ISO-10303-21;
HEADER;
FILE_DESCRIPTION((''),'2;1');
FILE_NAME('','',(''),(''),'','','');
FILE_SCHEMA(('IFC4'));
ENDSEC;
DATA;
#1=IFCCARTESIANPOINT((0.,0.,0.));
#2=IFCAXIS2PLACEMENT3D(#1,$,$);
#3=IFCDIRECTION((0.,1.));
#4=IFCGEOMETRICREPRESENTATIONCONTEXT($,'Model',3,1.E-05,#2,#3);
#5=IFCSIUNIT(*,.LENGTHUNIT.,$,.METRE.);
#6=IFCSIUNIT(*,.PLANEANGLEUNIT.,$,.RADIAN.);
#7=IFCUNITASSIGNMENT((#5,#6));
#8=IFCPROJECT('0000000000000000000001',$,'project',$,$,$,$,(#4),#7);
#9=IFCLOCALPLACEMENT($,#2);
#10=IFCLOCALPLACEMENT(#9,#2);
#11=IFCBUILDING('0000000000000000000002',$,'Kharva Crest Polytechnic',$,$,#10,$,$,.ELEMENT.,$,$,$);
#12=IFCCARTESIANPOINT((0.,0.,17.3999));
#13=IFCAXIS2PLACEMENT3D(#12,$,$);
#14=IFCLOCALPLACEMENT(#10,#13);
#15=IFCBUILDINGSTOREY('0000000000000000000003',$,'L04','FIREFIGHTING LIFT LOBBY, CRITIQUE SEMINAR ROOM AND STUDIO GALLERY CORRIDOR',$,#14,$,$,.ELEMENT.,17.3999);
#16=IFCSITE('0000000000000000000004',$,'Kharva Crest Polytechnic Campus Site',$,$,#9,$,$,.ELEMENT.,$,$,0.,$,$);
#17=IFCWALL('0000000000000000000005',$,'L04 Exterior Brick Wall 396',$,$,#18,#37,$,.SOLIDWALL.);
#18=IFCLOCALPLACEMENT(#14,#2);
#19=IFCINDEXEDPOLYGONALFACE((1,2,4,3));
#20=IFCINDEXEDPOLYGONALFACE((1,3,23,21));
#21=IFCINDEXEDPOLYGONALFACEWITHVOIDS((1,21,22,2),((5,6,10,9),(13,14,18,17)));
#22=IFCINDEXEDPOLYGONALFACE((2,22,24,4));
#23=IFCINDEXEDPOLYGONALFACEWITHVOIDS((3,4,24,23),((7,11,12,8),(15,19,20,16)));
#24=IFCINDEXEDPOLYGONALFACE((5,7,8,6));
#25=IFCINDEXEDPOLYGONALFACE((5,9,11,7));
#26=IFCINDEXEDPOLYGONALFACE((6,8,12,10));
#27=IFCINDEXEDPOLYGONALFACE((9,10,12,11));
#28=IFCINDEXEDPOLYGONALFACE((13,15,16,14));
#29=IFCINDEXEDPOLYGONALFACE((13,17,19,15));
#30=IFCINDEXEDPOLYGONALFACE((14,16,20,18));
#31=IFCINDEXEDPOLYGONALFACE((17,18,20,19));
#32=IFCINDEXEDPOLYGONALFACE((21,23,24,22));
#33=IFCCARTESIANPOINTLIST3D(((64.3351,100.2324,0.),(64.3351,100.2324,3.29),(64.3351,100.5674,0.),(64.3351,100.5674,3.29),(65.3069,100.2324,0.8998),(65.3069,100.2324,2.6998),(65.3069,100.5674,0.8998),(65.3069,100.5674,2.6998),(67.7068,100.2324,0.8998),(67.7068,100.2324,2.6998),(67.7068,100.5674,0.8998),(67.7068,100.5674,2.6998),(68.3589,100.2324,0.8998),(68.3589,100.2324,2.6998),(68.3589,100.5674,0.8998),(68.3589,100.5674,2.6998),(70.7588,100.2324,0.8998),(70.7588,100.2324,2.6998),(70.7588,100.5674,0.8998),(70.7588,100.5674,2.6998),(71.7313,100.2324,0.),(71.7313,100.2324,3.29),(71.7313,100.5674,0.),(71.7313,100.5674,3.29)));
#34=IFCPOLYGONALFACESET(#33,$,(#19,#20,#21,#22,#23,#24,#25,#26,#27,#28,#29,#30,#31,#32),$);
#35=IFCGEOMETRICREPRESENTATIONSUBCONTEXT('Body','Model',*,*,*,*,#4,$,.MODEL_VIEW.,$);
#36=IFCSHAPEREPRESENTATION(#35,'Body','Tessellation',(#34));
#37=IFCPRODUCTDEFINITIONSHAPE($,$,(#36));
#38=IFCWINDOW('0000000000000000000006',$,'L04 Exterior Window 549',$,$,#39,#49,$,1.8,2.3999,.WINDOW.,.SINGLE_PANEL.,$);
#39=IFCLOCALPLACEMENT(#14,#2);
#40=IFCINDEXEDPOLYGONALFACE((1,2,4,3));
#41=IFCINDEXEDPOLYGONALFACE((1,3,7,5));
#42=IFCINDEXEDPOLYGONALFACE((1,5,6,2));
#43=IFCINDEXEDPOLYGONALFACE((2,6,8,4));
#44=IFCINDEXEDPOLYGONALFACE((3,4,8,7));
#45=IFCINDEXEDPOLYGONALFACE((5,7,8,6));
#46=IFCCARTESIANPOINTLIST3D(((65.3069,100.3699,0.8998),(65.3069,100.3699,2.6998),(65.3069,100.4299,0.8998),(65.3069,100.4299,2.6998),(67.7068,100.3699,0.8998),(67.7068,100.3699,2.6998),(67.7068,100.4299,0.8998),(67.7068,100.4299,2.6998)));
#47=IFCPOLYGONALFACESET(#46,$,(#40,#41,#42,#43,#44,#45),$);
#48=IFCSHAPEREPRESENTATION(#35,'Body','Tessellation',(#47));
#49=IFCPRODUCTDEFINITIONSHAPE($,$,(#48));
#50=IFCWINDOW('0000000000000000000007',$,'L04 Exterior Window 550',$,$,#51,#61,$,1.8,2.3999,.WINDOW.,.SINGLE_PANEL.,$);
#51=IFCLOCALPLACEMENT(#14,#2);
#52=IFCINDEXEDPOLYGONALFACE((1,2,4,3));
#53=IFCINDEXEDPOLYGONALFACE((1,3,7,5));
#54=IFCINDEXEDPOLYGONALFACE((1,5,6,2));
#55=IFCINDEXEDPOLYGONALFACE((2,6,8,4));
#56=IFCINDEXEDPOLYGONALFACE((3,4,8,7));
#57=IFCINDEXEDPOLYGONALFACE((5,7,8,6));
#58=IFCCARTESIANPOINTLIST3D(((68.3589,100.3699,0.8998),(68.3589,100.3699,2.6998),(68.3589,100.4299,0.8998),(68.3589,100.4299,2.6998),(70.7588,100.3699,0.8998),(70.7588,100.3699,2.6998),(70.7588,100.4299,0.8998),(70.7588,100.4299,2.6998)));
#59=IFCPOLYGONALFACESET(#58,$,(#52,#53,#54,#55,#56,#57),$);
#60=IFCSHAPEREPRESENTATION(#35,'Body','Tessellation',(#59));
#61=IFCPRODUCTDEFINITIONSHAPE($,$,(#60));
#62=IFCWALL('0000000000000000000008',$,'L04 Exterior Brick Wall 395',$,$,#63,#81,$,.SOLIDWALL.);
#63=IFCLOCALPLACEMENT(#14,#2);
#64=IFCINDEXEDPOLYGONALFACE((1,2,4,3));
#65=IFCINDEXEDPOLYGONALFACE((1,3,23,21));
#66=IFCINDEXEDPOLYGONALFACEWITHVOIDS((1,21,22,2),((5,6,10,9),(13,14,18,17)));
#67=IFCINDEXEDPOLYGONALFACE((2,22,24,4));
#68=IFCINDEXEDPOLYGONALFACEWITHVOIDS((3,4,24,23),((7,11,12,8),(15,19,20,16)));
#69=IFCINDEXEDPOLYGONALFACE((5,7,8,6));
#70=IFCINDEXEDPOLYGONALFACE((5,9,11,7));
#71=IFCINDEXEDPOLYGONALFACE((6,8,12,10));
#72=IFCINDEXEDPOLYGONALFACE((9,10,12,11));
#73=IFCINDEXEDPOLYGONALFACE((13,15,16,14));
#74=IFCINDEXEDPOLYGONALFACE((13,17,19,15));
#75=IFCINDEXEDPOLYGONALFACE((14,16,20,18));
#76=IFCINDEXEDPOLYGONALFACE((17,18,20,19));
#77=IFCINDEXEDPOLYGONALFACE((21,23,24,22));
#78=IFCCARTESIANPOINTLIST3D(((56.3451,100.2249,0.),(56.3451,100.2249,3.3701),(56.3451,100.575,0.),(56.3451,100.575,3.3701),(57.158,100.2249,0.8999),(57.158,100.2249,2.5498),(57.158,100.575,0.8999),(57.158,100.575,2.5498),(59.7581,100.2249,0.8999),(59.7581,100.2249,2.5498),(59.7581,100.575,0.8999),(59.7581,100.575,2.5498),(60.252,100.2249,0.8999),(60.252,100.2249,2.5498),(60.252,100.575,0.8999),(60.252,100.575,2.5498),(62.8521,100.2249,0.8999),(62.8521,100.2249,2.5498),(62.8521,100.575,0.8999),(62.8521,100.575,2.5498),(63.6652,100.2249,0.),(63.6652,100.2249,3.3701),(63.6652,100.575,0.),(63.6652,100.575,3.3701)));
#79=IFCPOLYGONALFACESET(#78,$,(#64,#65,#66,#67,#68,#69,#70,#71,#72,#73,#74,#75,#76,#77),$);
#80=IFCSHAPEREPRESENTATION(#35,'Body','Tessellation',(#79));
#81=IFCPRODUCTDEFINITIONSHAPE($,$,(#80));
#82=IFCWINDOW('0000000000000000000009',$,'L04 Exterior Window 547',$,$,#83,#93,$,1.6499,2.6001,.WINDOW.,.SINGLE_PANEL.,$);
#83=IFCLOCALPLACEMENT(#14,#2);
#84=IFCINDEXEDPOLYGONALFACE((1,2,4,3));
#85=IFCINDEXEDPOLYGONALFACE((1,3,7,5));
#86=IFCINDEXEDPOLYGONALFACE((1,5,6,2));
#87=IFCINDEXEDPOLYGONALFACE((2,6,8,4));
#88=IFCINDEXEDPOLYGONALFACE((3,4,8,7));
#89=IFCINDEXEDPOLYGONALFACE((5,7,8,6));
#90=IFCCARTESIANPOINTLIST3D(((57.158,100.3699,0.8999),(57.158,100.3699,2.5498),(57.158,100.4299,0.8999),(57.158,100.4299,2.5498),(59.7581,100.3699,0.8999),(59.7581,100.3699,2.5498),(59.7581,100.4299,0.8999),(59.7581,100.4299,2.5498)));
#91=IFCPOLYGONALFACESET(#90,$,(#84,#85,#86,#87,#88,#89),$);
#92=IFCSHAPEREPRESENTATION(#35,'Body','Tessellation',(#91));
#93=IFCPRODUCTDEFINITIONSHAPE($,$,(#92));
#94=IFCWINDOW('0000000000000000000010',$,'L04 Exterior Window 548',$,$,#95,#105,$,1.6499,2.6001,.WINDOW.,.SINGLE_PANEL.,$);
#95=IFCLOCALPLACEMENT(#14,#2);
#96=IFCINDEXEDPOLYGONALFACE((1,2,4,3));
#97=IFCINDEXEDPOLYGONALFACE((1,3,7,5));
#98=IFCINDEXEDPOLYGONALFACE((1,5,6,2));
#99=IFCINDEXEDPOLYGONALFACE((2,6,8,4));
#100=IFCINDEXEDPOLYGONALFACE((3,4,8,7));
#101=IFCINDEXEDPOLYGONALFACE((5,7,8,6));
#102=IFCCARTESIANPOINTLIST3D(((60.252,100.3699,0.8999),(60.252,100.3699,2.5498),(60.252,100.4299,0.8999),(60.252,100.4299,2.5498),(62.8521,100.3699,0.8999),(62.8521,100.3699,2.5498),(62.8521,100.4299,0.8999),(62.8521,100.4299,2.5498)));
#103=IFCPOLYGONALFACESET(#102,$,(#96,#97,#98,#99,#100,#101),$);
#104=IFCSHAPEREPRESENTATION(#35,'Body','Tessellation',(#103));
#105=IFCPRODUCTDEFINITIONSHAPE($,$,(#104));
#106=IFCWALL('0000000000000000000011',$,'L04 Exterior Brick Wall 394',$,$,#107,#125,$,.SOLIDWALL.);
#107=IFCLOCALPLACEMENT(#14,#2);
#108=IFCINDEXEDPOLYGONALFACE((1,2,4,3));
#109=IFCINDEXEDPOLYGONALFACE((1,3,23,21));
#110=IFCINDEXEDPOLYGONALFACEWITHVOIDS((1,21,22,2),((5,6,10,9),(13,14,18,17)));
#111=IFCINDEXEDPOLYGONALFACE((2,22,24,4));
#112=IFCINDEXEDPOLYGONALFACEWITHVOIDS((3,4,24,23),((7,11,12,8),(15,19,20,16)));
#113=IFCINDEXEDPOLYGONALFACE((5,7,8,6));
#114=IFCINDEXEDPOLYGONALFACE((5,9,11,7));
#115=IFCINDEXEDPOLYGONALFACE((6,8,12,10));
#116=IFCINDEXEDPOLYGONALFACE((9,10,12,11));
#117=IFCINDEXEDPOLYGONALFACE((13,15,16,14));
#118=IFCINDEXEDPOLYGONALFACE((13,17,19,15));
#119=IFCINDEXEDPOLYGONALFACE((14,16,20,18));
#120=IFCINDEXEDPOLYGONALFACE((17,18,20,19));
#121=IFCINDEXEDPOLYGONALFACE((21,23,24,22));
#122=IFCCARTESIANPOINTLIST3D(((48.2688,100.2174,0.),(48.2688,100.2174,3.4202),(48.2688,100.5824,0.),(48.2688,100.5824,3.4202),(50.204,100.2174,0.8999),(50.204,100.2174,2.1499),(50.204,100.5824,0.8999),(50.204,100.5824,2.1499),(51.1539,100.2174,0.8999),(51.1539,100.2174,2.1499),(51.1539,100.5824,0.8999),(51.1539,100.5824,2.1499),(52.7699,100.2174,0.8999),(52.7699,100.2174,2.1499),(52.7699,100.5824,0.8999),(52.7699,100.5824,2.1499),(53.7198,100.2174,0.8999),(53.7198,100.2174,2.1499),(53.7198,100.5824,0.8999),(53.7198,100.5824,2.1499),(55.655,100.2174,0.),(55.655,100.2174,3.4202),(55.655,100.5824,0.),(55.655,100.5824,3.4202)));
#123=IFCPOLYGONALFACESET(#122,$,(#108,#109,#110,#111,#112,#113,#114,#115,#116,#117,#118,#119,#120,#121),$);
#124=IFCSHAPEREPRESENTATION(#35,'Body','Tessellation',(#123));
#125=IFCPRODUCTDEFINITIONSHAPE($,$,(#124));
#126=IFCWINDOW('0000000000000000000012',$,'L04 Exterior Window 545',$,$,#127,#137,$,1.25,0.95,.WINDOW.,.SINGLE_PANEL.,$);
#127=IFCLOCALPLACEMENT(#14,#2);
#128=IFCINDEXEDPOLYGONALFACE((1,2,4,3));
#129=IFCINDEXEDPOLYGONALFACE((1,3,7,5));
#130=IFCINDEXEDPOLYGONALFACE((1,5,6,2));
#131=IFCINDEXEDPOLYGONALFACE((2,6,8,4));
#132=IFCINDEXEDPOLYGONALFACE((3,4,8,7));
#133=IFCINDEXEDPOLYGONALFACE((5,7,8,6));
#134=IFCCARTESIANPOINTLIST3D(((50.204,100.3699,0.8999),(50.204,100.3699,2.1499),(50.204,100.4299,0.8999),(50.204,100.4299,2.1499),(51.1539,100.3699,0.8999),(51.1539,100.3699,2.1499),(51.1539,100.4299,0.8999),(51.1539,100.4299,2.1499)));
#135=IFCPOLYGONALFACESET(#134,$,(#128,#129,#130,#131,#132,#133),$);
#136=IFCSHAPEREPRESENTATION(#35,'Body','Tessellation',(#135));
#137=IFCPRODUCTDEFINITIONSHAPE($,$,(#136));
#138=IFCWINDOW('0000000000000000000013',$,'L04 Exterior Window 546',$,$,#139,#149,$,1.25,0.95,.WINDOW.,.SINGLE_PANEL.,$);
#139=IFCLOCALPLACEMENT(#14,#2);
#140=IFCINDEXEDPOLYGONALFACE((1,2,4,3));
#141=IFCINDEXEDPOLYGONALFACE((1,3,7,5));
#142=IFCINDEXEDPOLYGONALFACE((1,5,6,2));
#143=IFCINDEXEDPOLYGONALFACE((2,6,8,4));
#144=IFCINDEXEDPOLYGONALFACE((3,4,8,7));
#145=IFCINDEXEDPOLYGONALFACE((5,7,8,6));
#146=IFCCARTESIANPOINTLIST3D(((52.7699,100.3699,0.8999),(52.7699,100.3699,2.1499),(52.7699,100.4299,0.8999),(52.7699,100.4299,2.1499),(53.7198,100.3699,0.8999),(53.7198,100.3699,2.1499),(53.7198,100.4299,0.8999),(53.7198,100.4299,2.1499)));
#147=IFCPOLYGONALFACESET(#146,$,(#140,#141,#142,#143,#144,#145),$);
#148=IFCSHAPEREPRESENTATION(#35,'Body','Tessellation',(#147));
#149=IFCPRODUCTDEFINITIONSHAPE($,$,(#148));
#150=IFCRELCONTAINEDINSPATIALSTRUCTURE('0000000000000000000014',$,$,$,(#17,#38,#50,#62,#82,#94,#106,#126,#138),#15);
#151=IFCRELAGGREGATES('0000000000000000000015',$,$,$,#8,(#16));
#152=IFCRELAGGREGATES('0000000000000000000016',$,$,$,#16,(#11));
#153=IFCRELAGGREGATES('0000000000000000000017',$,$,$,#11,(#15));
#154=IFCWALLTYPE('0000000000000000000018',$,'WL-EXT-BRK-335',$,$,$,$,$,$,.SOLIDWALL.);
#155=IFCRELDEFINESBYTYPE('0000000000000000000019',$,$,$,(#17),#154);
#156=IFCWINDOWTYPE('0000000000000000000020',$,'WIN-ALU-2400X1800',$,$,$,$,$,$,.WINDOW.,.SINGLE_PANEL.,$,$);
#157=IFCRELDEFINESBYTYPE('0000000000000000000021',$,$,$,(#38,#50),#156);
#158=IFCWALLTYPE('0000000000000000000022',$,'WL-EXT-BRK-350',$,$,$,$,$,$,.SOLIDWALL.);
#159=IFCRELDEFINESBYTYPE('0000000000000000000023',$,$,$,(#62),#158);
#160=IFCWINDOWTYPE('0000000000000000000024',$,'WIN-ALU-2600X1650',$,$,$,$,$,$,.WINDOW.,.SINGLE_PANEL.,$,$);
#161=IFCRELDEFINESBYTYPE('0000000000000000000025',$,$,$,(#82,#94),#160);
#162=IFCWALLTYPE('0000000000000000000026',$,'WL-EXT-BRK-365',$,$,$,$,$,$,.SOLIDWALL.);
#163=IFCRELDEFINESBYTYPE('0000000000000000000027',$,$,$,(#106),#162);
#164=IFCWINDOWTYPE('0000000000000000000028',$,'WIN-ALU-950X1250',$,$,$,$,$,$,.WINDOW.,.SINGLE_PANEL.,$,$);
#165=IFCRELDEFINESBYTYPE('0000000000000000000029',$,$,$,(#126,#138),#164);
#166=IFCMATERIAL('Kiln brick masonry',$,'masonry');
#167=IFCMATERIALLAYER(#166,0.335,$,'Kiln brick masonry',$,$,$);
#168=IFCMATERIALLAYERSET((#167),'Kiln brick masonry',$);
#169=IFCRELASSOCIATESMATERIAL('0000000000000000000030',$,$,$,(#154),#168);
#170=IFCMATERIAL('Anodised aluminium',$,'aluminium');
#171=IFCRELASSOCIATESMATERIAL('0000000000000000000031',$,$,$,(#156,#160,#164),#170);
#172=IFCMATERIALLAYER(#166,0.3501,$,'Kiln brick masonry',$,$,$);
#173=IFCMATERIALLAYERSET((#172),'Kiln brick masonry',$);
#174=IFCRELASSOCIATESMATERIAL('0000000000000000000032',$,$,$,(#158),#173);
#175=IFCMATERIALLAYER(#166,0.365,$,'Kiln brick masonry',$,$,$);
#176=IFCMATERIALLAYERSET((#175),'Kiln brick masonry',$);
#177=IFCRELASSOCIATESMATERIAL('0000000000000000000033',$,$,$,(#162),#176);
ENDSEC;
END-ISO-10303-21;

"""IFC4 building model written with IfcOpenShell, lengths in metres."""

from ifc_helpers import new_model, si_unit, direction, frame, frame_2d, origin, place, context, subcontext, project, spatial, rectangle, extrude, material, layer, layer_set, type_object, element, fill, save


model = new_model("IFC4")

# Units and contexts
model_context = context("Model", 3, precision=1e-05, world=origin(), true_north=direction((0.0, 1.0)))
body_context = subcontext(model_context, "Body", "Model", "MODEL_VIEW")
ifc_project = project(units=[si_unit("LENGTHUNIT", "METRE"), si_unit("PLANEANGLEUNIT", "RADIAN")], contexts=[model_context])

# Site, building, storey
site_placement = place(None, origin())
site = spatial("IfcSite", under=ifc_project, at=site_placement, Name="Kharva Crest Polytechnic Campus Site", CompositionType="ELEMENT", RefElevation=0.0)
building_placement = place(site_placement, origin())
building = spatial("IfcBuilding", under=site, at=building_placement, Name="Kharva Crest Polytechnic", CompositionType="ELEMENT")
storey_placement = place(building_placement, frame((0.0, 0.0, 17.3999)))
storey = spatial("IfcBuildingStorey", under=building, at=storey_placement, Name="L04", Description="FIREFIGHTING LIFT LOBBY, CRITIQUE SEMINAR ROOM AND STUDIO GALLERY CORRIDOR", CompositionType="ELEMENT", Elevation=17.3999)

# Walls, openings, windows
ifc_material_1 = material(Name="Kiln brick masonry", Category="masonry")
ifc_layer_1 = layer(ifc_material_1, 0.335, Name="Kiln brick masonry")
ifc_layer_set_1 = layer_set([ifc_layer_1], Name="Kiln brick masonry")
wall_type_1 = type_object("IfcWallType", Name="WL-EXT-BRK-335", PredefinedType="SOLIDWALL", material=ifc_layer_set_1)
wall_1_placement = place(storey_placement, frame((64.335, 100.3999, 0.0), z_axis=(0.0, 0.0, 1.0), x_axis=(1.0, 0.0, 0.0)))
wall_1 = element("IfcWall", 1, at=wall_1_placement, inside=storey, type_object=wall_type_1, Name="L04 Exterior Brick Wall 396", PredefinedType="SOLIDWALL", context=body_context, shape_type="SweptSolid", body=[
    extrude(rectangle(XDim=7.3962, YDim=0.335, at=frame_2d((3.6982, 0.0))), origin(), (0.0, 0.0, 1.0), 3.29),
])
opening_1_placement = place(wall_1_placement, frame((0.9719, 0.0, 0.8999)))
opening_1 = element("IfcOpeningElement", 2, at=opening_1_placement, cuts=wall_1, PredefinedType="OPENING", context=body_context, shape_type="SweptSolid", body=[
    extrude(rectangle(XDim=2.3999, YDim=1.8, at=frame_2d((1.2, 0.8999))), frame((0.0, 0.1775, 0.0), z_axis=(0.0, -1.0, 0.0), x_axis=(1.0, 0.0, 0.0)), (0.0, 0.0, 1.0), 0.355),
])
opening_2_placement = place(wall_1_placement, frame((4.0239, 0.0, 0.8999)))
opening_2 = element("IfcOpeningElement", 3, at=opening_2_placement, cuts=wall_1, PredefinedType="OPENING", context=body_context, shape_type="SweptSolid", body=[
    extrude(rectangle(XDim=2.3999, YDim=1.8, at=frame_2d((1.2, 0.8999))), frame((0.0, 0.1775, 0.0), z_axis=(0.0, -1.0, 0.0), x_axis=(1.0, 0.0, 0.0)), (0.0, 0.0, 1.0), 0.355),
])
ifc_material_2 = material(Name="Anodised aluminium", Category="aluminium")
window_type_1 = type_object("IfcWindowType", Name="WIN-ALU-2400X1800", PartitioningType="SINGLE_PANEL", PredefinedType="WINDOW", material=ifc_material_2)
window_1_placement = place(opening_1_placement, origin())
window_1 = element("IfcWindow", 4, at=window_1_placement, inside=storey, type_object=window_type_1, Name="L04 Exterior Window 549", OverallHeight=1.8, OverallWidth=2.3999, PartitioningType="SINGLE_PANEL", PredefinedType="WINDOW", context=body_context, shape_type="SweptSolid", body=[
    extrude(rectangle(XDim=2.3999, YDim=1.8, at=frame_2d((1.2, 0.8999))), frame((0.0, 0.03, 0.0), z_axis=(0.0, -1.0, 0.0), x_axis=(1.0, 0.0, 0.0)), (0.0, 0.0, 1.0), 0.0601),
])
fill(opening_1, window_1)
window_2_placement = place(opening_2_placement, origin())
window_2 = element("IfcWindow", 5, at=window_2_placement, inside=storey, type_object=window_type_1, Name="L04 Exterior Window 550", OverallHeight=1.8, OverallWidth=2.3999, PartitioningType="SINGLE_PANEL", PredefinedType="WINDOW", context=body_context, shape_type="SweptSolid", body=[
    extrude(rectangle(XDim=2.3999, YDim=1.8, at=frame_2d((1.2, 0.8999))), frame((0.0, 0.03, 0.0), z_axis=(0.0, -1.0, 0.0), x_axis=(1.0, 0.0, 0.0)), (0.0, 0.0, 1.0), 0.0601),
])
fill(opening_2, window_2)
ifc_layer_2 = layer(ifc_material_1, 0.3501, Name="Kiln brick masonry")
ifc_layer_set_2 = layer_set([ifc_layer_2], Name="Kiln brick masonry")
wall_type_2 = type_object("IfcWallType", Name="WL-EXT-BRK-350", PredefinedType="SOLIDWALL", material=ifc_layer_set_2)
wall_2_placement = place(storey_placement, frame((56.345, 100.3999, 0.0), z_axis=(0.0, 0.0, 1.0), x_axis=(1.0, 0.0, 0.0)))
wall_2 = element("IfcWall", 6, at=wall_2_placement, inside=storey, type_object=wall_type_2, Name="L04 Exterior Brick Wall 395", PredefinedType="SOLIDWALL", context=body_context, shape_type="SweptSolid", body=[
    extrude(rectangle(XDim=7.3201, YDim=0.3501, at=frame_2d((3.6602, 0.0))), origin(), (0.0, 0.0, 1.0), 3.3701),
])
opening_3_placement = place(wall_2_placement, frame((0.813, 0.0, 0.8999)))
opening_3 = element("IfcOpeningElement", 7, at=opening_3_placement, cuts=wall_2, PredefinedType="OPENING", context=body_context, shape_type="SweptSolid", body=[
    extrude(rectangle(XDim=2.6001, YDim=1.6499, at=frame_2d((1.3, 0.825))), frame((0.0, 0.1851, 0.0), z_axis=(0.0, -1.0, 0.0), x_axis=(1.0, 0.0, 0.0)), (0.0, 0.0, 1.0), 0.3701),
])
opening_4_placement = place(wall_2_placement, frame((3.907, 0.0, 0.8999)))
opening_4 = element("IfcOpeningElement", 8, at=opening_4_placement, cuts=wall_2, PredefinedType="OPENING", context=body_context, shape_type="SweptSolid", body=[
    extrude(rectangle(XDim=2.6001, YDim=1.6499, at=frame_2d((1.3, 0.825))), frame((0.0, 0.1851, 0.0), z_axis=(0.0, -1.0, 0.0), x_axis=(1.0, 0.0, 0.0)), (0.0, 0.0, 1.0), 0.3701),
])
window_type_2 = type_object("IfcWindowType", Name="WIN-ALU-2600X1650", PartitioningType="SINGLE_PANEL", PredefinedType="WINDOW", material=ifc_material_2)
window_3_placement = place(opening_3_placement, origin())
window_3 = element("IfcWindow", 9, at=window_3_placement, inside=storey, type_object=window_type_2, Name="L04 Exterior Window 547", OverallHeight=1.6499, OverallWidth=2.6001, PartitioningType="SINGLE_PANEL", PredefinedType="WINDOW", context=body_context, shape_type="SweptSolid", body=[
    extrude(rectangle(XDim=2.6001, YDim=1.6499, at=frame_2d((1.3, 0.825))), frame((0.0, 0.03, 0.0), z_axis=(0.0, -1.0, 0.0), x_axis=(1.0, 0.0, 0.0)), (0.0, 0.0, 1.0), 0.0601),
])
fill(opening_3, window_3)
window_4_placement = place(opening_4_placement, origin())
window_4 = element("IfcWindow", 10, at=window_4_placement, inside=storey, type_object=window_type_2, Name="L04 Exterior Window 548", OverallHeight=1.6499, OverallWidth=2.6001, PartitioningType="SINGLE_PANEL", PredefinedType="WINDOW", context=body_context, shape_type="SweptSolid", body=[
    extrude(rectangle(XDim=2.6001, YDim=1.6499, at=frame_2d((1.3, 0.825))), frame((0.0, 0.03, 0.0), z_axis=(0.0, -1.0, 0.0), x_axis=(1.0, 0.0, 0.0)), (0.0, 0.0, 1.0), 0.0601),
])
fill(opening_4, window_4)
ifc_layer_3 = layer(ifc_material_1, 0.365, Name="Kiln brick masonry")
ifc_layer_set_3 = layer_set([ifc_layer_3], Name="Kiln brick masonry")
wall_type_3 = type_object("IfcWallType", Name="WL-EXT-BRK-365", PredefinedType="SOLIDWALL", material=ifc_layer_set_3)
wall_3_placement = place(storey_placement, frame((48.2688, 100.3999, 0.0), z_axis=(0.0, 0.0, 1.0), x_axis=(1.0, 0.0, 0.0)))
wall_3 = element("IfcWall", 11, at=wall_3_placement, inside=storey, type_object=wall_type_3, Name="L04 Exterior Brick Wall 394", PredefinedType="SOLIDWALL", context=body_context, shape_type="SweptSolid", body=[
    extrude(rectangle(XDim=7.3862, YDim=0.365, at=frame_2d((3.6931, 0.0))), origin(), (0.0, 0.0, 1.0), 3.4202),
])
opening_5_placement = place(wall_3_placement, frame((1.9351, 0.0, 0.8999)))
opening_5 = element("IfcOpeningElement", 12, at=opening_5_placement, cuts=wall_3, PredefinedType="OPENING", context=body_context, shape_type="SweptSolid", body=[
    extrude(rectangle(XDim=0.95, YDim=1.25, at=frame_2d((0.4751, 0.625))), frame((0.0, 0.1924, 0.0), z_axis=(0.0, -1.0, 0.0), x_axis=(1.0, 0.0, 0.0)), (0.0, 0.0, 1.0), 0.385),
])
opening_6_placement = place(wall_3_placement, frame((4.501, 0.0, 0.8999)))
opening_6 = element("IfcOpeningElement", 13, at=opening_6_placement, cuts=wall_3, PredefinedType="OPENING", context=body_context, shape_type="SweptSolid", body=[
    extrude(rectangle(XDim=0.95, YDim=1.25, at=frame_2d((0.4751, 0.625))), frame((0.0, 0.1924, 0.0), z_axis=(0.0, -1.0, 0.0), x_axis=(1.0, 0.0, 0.0)), (0.0, 0.0, 1.0), 0.385),
])
window_type_3 = type_object("IfcWindowType", Name="WIN-ALU-950X1250", PartitioningType="SINGLE_PANEL", PredefinedType="WINDOW", material=ifc_material_2)
window_5_placement = place(opening_5_placement, origin())
window_5 = element("IfcWindow", 14, at=window_5_placement, inside=storey, type_object=window_type_3, Name="L04 Exterior Window 545", OverallHeight=1.25, OverallWidth=0.95, PartitioningType="SINGLE_PANEL", PredefinedType="WINDOW", context=body_context, shape_type="SweptSolid", body=[
    extrude(rectangle(XDim=0.95, YDim=1.25, at=frame_2d((0.4751, 0.625))), frame((0.0, 0.03, 0.0), z_axis=(0.0, -1.0, 0.0), x_axis=(1.0, 0.0, 0.0)), (0.0, 0.0, 1.0), 0.0601),
])
fill(opening_5, window_5)
window_6_placement = place(opening_6_placement, origin())
window_6 = element("IfcWindow", 15, at=window_6_placement, inside=storey, type_object=window_type_3, Name="L04 Exterior Window 546", OverallHeight=1.25, OverallWidth=0.95, PartitioningType="SINGLE_PANEL", PredefinedType="WINDOW", context=body_context, shape_type="SweptSolid", body=[
    extrude(rectangle(XDim=0.95, YDim=1.25, at=frame_2d((0.4751, 0.625))), frame((0.0, 0.03, 0.0), z_axis=(0.0, -1.0, 0.0), x_axis=(1.0, 0.0, 0.0)), (0.0, 0.0, 1.0), 0.0601),
])
fill(opening_6, window_6)

save(model, "model.ifc")
